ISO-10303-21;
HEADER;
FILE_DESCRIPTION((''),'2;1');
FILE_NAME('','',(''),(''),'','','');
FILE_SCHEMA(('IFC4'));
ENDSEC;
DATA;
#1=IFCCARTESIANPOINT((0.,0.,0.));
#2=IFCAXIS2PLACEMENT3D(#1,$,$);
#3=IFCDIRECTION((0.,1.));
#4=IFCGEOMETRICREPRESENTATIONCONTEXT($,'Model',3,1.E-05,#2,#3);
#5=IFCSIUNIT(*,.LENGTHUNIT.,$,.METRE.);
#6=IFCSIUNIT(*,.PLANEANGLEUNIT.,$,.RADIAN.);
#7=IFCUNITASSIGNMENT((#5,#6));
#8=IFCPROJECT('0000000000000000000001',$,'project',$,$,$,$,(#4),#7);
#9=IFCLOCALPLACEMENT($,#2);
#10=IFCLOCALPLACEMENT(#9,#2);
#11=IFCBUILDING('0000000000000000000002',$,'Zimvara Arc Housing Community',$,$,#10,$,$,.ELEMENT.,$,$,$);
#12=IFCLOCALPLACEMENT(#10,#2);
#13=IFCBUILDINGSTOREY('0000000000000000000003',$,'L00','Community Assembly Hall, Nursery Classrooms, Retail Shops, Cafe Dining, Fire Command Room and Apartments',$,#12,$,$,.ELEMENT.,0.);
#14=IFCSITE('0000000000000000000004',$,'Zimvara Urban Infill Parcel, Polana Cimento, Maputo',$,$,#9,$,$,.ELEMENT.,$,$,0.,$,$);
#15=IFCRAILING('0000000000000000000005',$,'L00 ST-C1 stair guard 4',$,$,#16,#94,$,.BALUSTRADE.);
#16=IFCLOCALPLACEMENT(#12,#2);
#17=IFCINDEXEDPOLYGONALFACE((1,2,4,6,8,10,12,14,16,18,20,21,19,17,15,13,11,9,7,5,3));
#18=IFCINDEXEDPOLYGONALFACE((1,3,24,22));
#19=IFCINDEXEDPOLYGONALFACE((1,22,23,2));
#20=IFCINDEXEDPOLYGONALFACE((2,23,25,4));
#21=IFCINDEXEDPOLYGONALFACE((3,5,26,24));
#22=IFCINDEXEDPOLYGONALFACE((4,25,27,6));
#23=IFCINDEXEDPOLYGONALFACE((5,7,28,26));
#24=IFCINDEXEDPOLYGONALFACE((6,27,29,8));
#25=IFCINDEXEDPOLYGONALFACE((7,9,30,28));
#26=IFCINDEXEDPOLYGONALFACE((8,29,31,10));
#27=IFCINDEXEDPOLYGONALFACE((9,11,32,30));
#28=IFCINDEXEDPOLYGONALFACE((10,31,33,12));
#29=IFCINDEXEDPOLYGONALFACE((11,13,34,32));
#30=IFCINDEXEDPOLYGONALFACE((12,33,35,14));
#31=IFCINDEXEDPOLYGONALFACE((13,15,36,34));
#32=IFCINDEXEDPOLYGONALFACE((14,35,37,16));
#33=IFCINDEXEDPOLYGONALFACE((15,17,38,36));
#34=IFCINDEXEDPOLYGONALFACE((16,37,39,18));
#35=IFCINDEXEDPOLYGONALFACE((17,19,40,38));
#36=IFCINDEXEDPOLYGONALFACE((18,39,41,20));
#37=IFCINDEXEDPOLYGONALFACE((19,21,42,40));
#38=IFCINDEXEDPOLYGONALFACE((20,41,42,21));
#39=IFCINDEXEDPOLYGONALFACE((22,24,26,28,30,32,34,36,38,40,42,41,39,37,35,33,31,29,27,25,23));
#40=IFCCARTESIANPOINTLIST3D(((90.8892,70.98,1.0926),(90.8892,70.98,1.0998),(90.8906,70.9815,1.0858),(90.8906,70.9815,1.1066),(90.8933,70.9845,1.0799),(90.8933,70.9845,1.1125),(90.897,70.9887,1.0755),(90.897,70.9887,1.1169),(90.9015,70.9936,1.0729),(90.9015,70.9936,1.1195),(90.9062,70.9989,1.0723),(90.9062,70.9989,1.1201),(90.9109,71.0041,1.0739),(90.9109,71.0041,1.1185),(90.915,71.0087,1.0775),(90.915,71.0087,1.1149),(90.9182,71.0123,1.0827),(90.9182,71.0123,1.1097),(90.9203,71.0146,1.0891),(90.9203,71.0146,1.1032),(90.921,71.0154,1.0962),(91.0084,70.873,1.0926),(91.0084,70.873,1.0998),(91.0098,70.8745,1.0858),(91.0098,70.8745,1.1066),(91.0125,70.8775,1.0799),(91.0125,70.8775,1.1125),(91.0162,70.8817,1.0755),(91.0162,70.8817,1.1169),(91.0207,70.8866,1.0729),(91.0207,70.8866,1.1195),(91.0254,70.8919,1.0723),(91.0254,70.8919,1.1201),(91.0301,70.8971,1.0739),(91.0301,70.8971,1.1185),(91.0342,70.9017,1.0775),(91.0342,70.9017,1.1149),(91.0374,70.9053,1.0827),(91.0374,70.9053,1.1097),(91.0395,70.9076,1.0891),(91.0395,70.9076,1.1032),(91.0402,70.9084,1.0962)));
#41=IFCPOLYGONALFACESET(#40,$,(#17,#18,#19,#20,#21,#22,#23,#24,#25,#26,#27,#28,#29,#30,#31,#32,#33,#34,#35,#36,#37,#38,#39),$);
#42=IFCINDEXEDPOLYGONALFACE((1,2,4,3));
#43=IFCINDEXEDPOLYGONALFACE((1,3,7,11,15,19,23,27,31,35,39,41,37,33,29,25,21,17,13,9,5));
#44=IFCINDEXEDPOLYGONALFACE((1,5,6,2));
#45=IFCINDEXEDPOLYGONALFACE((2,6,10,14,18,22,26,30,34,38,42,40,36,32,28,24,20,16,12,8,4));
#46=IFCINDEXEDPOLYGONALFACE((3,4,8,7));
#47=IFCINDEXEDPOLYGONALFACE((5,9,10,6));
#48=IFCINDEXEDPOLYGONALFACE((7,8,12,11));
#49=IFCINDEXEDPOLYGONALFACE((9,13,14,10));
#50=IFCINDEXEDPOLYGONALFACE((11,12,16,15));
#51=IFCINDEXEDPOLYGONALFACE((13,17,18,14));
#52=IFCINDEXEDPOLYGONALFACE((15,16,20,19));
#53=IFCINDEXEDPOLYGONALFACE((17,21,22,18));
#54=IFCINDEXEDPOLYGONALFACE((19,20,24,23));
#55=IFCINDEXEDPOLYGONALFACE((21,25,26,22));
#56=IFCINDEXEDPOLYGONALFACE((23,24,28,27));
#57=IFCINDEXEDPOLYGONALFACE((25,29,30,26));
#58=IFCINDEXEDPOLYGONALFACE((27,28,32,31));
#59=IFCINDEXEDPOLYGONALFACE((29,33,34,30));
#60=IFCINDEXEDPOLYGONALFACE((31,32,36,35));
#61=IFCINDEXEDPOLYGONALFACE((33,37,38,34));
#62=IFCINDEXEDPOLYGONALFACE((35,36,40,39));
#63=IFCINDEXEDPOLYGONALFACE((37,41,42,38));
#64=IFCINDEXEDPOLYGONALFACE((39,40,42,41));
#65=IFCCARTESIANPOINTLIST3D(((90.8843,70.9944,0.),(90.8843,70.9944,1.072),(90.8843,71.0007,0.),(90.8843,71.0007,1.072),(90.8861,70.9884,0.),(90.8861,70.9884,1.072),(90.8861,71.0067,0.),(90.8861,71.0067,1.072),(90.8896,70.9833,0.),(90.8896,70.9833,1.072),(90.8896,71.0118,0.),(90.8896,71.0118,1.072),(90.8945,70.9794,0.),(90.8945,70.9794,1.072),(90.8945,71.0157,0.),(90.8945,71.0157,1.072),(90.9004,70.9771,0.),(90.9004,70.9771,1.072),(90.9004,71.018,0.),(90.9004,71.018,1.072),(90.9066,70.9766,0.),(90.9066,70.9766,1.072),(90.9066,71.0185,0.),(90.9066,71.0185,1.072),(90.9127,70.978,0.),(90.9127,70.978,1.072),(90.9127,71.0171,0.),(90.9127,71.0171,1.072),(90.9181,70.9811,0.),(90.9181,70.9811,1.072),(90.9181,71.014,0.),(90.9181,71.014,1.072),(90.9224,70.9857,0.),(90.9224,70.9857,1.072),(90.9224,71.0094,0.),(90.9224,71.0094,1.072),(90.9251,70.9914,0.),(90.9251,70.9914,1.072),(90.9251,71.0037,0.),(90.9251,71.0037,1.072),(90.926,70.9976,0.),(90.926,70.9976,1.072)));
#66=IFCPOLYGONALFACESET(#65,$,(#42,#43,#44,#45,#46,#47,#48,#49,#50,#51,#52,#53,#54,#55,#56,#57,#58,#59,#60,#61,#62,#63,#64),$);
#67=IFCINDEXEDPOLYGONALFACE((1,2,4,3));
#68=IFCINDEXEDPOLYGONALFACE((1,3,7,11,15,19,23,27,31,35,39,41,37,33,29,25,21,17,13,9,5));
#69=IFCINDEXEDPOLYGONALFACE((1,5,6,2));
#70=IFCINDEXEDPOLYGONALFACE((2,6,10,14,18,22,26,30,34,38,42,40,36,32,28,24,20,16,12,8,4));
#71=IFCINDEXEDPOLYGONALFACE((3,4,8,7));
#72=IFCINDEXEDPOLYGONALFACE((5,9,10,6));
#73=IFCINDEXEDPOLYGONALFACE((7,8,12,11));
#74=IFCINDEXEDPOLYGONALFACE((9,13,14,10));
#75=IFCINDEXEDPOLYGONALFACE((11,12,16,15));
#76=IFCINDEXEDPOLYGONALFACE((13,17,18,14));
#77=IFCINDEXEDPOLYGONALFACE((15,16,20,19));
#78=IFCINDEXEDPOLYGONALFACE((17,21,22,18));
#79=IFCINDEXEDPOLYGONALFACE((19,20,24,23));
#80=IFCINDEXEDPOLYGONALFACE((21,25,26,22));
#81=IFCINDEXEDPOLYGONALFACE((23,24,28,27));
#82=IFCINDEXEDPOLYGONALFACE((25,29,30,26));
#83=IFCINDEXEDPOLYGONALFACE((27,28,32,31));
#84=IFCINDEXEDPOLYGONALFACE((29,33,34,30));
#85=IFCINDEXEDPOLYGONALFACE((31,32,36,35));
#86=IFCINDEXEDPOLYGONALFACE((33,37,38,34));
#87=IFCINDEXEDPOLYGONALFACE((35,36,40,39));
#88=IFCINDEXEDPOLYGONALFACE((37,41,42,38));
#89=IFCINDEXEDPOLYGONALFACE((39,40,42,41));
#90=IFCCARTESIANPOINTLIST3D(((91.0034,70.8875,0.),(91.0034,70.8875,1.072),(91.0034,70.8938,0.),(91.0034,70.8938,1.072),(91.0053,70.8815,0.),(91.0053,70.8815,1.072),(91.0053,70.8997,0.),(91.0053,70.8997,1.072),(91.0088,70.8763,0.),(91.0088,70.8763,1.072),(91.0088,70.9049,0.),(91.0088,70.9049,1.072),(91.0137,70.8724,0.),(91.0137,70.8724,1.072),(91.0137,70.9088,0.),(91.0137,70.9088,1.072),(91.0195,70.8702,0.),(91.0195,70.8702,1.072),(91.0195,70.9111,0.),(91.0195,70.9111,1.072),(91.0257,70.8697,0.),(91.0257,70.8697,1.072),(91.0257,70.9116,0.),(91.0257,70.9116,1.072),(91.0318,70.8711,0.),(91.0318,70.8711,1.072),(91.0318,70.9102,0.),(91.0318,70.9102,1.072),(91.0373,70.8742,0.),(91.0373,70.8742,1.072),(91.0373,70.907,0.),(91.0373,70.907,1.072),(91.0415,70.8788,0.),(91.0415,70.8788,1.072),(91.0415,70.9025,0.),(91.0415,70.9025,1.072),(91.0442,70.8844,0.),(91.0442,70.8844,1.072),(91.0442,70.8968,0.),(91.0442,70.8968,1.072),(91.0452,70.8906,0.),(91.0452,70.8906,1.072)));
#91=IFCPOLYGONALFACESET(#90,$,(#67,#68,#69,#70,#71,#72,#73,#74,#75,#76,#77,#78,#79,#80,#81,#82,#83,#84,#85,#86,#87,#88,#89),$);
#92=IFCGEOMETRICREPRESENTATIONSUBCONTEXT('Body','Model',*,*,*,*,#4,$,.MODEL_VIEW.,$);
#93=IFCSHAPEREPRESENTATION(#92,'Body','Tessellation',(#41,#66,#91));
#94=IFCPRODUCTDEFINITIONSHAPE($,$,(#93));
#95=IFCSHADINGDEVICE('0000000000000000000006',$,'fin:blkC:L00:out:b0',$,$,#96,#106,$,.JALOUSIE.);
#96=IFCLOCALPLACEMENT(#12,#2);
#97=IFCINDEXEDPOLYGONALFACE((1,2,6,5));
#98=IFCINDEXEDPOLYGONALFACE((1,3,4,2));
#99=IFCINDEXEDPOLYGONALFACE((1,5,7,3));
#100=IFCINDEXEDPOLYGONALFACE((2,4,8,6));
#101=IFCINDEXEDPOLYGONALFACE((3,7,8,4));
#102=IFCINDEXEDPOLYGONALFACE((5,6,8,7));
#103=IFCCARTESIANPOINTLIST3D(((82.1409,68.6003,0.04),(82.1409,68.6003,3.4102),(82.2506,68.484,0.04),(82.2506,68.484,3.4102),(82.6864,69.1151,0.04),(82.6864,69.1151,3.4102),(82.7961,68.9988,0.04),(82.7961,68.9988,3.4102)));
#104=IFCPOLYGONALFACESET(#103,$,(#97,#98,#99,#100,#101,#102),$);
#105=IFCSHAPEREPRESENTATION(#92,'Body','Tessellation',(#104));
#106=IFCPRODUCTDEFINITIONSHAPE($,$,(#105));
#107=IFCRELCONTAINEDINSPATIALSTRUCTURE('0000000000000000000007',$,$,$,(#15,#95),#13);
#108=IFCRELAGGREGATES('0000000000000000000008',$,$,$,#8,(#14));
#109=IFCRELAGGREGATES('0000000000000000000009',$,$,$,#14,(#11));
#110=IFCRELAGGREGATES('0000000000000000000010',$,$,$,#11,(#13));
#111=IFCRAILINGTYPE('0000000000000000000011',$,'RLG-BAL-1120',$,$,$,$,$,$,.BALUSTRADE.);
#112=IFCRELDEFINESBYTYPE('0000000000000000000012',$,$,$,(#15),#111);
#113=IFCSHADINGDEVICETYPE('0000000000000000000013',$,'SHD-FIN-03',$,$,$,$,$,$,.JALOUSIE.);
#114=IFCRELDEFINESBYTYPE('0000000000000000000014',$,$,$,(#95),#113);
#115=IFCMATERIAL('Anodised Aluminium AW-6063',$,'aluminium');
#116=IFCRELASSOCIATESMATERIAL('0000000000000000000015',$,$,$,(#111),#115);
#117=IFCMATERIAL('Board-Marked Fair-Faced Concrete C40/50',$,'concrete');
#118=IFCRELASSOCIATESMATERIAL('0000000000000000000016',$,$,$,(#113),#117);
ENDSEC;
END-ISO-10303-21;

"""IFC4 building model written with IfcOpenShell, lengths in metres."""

from ifc_helpers import new_model, si_unit, direction, frame, origin, origin_2d, place, context, subcontext, project, spatial, rectangle, circle, extrude, material, type_object, element, save


model = new_model("IFC4")

# Units and contexts
model_context = context("Model", 3, precision=1e-05, world=origin(), true_north=direction((0.0, 1.0)))
body_context = subcontext(model_context, "Body", "Model", "MODEL_VIEW")
ifc_project = project(units=[si_unit("LENGTHUNIT", "METRE"), si_unit("PLANEANGLEUNIT", "RADIAN")], contexts=[model_context])

# Site, building, storey
site_placement = place(None, origin())
site = spatial("IfcSite", under=ifc_project, at=site_placement, Name="Zimvara Urban Infill Parcel, Polana Cimento, Maputo", CompositionType="ELEMENT", RefElevation=0.0)
building_placement = place(site_placement, origin())
building = spatial("IfcBuilding", under=site, at=building_placement, Name="Zimvara Arc Housing Community", CompositionType="ELEMENT")
storey_placement = place(building_placement, origin())
storey = spatial("IfcBuildingStorey", under=building, at=storey_placement, Name="L00", Description="Community Assembly Hall, Nursery Classrooms, Retail Shops, Cafe Dining, Fire Command Room and Apartments", CompositionType="ELEMENT", Elevation=0.0)

# Railing
ifc_material_1 = material(Name="Anodised Aluminium AW-6063", Category="aluminium")
railing_type_1 = type_object("IfcRailingType", Name="RLG-BAL-1120", PredefinedType="BALUSTRADE", material=ifc_material_1)
railing_1_placement = place(storey_placement, frame((90.905, 70.9976, 0.0)))
element("IfcRailing", 1, at=railing_1_placement, inside=storey, type_object=railing_type_1, Name="L00 ST-C1 stair guard 4", PredefinedType="BALUSTRADE", context=body_context, shape_type="SweptSolid", body=[
    extrude(circle(Radius=0.0239, at=origin_2d()), frame((0.0, 0.0, 1.0962), z_axis=(0.744203, -0.667953, 0.0), x_axis=(0.667953, 0.744203, 0.0)), (0.0, 0.0, 1.0), 0.1602),
    extrude(circle(Radius=0.021, at=origin_2d()), origin(), (0.0, 0.0, 1.0), 1.072),
    extrude(circle(Radius=0.021, at=origin_2d()), frame((0.1191, -0.1069, 0.0)), (0.0, 0.0, 1.0), 1.072),
])

# Shading device
ifc_material_2 = material(Name="Board-Marked Fair-Faced Concrete C40/50", Category="concrete")
shading_device_type = type_object("IfcShadingDeviceType", Name="SHD-FIN-03", PredefinedType="JALOUSIE", material=ifc_material_2)
shading_device_placement = place(storey_placement, frame((82.4685, 68.7996, 0.04), z_axis=(0.0, 0.0, 1.0), x_axis=(0.686326, -0.727294, 0.0)))
element("IfcShadingDevice", 2, at=shading_device_placement, inside=storey, type_object=shading_device_type, Name="fin:blkC:L00:out:b0", PredefinedType="JALOUSIE", context=body_context, shape_type="SweptSolid", body=[
    extrude(rectangle(XDim=0.1599, YDim=0.75, at=origin_2d()), origin(), (0.0, 0.0, 1.0), 3.3701),
])

save(model, "model.ifc")
